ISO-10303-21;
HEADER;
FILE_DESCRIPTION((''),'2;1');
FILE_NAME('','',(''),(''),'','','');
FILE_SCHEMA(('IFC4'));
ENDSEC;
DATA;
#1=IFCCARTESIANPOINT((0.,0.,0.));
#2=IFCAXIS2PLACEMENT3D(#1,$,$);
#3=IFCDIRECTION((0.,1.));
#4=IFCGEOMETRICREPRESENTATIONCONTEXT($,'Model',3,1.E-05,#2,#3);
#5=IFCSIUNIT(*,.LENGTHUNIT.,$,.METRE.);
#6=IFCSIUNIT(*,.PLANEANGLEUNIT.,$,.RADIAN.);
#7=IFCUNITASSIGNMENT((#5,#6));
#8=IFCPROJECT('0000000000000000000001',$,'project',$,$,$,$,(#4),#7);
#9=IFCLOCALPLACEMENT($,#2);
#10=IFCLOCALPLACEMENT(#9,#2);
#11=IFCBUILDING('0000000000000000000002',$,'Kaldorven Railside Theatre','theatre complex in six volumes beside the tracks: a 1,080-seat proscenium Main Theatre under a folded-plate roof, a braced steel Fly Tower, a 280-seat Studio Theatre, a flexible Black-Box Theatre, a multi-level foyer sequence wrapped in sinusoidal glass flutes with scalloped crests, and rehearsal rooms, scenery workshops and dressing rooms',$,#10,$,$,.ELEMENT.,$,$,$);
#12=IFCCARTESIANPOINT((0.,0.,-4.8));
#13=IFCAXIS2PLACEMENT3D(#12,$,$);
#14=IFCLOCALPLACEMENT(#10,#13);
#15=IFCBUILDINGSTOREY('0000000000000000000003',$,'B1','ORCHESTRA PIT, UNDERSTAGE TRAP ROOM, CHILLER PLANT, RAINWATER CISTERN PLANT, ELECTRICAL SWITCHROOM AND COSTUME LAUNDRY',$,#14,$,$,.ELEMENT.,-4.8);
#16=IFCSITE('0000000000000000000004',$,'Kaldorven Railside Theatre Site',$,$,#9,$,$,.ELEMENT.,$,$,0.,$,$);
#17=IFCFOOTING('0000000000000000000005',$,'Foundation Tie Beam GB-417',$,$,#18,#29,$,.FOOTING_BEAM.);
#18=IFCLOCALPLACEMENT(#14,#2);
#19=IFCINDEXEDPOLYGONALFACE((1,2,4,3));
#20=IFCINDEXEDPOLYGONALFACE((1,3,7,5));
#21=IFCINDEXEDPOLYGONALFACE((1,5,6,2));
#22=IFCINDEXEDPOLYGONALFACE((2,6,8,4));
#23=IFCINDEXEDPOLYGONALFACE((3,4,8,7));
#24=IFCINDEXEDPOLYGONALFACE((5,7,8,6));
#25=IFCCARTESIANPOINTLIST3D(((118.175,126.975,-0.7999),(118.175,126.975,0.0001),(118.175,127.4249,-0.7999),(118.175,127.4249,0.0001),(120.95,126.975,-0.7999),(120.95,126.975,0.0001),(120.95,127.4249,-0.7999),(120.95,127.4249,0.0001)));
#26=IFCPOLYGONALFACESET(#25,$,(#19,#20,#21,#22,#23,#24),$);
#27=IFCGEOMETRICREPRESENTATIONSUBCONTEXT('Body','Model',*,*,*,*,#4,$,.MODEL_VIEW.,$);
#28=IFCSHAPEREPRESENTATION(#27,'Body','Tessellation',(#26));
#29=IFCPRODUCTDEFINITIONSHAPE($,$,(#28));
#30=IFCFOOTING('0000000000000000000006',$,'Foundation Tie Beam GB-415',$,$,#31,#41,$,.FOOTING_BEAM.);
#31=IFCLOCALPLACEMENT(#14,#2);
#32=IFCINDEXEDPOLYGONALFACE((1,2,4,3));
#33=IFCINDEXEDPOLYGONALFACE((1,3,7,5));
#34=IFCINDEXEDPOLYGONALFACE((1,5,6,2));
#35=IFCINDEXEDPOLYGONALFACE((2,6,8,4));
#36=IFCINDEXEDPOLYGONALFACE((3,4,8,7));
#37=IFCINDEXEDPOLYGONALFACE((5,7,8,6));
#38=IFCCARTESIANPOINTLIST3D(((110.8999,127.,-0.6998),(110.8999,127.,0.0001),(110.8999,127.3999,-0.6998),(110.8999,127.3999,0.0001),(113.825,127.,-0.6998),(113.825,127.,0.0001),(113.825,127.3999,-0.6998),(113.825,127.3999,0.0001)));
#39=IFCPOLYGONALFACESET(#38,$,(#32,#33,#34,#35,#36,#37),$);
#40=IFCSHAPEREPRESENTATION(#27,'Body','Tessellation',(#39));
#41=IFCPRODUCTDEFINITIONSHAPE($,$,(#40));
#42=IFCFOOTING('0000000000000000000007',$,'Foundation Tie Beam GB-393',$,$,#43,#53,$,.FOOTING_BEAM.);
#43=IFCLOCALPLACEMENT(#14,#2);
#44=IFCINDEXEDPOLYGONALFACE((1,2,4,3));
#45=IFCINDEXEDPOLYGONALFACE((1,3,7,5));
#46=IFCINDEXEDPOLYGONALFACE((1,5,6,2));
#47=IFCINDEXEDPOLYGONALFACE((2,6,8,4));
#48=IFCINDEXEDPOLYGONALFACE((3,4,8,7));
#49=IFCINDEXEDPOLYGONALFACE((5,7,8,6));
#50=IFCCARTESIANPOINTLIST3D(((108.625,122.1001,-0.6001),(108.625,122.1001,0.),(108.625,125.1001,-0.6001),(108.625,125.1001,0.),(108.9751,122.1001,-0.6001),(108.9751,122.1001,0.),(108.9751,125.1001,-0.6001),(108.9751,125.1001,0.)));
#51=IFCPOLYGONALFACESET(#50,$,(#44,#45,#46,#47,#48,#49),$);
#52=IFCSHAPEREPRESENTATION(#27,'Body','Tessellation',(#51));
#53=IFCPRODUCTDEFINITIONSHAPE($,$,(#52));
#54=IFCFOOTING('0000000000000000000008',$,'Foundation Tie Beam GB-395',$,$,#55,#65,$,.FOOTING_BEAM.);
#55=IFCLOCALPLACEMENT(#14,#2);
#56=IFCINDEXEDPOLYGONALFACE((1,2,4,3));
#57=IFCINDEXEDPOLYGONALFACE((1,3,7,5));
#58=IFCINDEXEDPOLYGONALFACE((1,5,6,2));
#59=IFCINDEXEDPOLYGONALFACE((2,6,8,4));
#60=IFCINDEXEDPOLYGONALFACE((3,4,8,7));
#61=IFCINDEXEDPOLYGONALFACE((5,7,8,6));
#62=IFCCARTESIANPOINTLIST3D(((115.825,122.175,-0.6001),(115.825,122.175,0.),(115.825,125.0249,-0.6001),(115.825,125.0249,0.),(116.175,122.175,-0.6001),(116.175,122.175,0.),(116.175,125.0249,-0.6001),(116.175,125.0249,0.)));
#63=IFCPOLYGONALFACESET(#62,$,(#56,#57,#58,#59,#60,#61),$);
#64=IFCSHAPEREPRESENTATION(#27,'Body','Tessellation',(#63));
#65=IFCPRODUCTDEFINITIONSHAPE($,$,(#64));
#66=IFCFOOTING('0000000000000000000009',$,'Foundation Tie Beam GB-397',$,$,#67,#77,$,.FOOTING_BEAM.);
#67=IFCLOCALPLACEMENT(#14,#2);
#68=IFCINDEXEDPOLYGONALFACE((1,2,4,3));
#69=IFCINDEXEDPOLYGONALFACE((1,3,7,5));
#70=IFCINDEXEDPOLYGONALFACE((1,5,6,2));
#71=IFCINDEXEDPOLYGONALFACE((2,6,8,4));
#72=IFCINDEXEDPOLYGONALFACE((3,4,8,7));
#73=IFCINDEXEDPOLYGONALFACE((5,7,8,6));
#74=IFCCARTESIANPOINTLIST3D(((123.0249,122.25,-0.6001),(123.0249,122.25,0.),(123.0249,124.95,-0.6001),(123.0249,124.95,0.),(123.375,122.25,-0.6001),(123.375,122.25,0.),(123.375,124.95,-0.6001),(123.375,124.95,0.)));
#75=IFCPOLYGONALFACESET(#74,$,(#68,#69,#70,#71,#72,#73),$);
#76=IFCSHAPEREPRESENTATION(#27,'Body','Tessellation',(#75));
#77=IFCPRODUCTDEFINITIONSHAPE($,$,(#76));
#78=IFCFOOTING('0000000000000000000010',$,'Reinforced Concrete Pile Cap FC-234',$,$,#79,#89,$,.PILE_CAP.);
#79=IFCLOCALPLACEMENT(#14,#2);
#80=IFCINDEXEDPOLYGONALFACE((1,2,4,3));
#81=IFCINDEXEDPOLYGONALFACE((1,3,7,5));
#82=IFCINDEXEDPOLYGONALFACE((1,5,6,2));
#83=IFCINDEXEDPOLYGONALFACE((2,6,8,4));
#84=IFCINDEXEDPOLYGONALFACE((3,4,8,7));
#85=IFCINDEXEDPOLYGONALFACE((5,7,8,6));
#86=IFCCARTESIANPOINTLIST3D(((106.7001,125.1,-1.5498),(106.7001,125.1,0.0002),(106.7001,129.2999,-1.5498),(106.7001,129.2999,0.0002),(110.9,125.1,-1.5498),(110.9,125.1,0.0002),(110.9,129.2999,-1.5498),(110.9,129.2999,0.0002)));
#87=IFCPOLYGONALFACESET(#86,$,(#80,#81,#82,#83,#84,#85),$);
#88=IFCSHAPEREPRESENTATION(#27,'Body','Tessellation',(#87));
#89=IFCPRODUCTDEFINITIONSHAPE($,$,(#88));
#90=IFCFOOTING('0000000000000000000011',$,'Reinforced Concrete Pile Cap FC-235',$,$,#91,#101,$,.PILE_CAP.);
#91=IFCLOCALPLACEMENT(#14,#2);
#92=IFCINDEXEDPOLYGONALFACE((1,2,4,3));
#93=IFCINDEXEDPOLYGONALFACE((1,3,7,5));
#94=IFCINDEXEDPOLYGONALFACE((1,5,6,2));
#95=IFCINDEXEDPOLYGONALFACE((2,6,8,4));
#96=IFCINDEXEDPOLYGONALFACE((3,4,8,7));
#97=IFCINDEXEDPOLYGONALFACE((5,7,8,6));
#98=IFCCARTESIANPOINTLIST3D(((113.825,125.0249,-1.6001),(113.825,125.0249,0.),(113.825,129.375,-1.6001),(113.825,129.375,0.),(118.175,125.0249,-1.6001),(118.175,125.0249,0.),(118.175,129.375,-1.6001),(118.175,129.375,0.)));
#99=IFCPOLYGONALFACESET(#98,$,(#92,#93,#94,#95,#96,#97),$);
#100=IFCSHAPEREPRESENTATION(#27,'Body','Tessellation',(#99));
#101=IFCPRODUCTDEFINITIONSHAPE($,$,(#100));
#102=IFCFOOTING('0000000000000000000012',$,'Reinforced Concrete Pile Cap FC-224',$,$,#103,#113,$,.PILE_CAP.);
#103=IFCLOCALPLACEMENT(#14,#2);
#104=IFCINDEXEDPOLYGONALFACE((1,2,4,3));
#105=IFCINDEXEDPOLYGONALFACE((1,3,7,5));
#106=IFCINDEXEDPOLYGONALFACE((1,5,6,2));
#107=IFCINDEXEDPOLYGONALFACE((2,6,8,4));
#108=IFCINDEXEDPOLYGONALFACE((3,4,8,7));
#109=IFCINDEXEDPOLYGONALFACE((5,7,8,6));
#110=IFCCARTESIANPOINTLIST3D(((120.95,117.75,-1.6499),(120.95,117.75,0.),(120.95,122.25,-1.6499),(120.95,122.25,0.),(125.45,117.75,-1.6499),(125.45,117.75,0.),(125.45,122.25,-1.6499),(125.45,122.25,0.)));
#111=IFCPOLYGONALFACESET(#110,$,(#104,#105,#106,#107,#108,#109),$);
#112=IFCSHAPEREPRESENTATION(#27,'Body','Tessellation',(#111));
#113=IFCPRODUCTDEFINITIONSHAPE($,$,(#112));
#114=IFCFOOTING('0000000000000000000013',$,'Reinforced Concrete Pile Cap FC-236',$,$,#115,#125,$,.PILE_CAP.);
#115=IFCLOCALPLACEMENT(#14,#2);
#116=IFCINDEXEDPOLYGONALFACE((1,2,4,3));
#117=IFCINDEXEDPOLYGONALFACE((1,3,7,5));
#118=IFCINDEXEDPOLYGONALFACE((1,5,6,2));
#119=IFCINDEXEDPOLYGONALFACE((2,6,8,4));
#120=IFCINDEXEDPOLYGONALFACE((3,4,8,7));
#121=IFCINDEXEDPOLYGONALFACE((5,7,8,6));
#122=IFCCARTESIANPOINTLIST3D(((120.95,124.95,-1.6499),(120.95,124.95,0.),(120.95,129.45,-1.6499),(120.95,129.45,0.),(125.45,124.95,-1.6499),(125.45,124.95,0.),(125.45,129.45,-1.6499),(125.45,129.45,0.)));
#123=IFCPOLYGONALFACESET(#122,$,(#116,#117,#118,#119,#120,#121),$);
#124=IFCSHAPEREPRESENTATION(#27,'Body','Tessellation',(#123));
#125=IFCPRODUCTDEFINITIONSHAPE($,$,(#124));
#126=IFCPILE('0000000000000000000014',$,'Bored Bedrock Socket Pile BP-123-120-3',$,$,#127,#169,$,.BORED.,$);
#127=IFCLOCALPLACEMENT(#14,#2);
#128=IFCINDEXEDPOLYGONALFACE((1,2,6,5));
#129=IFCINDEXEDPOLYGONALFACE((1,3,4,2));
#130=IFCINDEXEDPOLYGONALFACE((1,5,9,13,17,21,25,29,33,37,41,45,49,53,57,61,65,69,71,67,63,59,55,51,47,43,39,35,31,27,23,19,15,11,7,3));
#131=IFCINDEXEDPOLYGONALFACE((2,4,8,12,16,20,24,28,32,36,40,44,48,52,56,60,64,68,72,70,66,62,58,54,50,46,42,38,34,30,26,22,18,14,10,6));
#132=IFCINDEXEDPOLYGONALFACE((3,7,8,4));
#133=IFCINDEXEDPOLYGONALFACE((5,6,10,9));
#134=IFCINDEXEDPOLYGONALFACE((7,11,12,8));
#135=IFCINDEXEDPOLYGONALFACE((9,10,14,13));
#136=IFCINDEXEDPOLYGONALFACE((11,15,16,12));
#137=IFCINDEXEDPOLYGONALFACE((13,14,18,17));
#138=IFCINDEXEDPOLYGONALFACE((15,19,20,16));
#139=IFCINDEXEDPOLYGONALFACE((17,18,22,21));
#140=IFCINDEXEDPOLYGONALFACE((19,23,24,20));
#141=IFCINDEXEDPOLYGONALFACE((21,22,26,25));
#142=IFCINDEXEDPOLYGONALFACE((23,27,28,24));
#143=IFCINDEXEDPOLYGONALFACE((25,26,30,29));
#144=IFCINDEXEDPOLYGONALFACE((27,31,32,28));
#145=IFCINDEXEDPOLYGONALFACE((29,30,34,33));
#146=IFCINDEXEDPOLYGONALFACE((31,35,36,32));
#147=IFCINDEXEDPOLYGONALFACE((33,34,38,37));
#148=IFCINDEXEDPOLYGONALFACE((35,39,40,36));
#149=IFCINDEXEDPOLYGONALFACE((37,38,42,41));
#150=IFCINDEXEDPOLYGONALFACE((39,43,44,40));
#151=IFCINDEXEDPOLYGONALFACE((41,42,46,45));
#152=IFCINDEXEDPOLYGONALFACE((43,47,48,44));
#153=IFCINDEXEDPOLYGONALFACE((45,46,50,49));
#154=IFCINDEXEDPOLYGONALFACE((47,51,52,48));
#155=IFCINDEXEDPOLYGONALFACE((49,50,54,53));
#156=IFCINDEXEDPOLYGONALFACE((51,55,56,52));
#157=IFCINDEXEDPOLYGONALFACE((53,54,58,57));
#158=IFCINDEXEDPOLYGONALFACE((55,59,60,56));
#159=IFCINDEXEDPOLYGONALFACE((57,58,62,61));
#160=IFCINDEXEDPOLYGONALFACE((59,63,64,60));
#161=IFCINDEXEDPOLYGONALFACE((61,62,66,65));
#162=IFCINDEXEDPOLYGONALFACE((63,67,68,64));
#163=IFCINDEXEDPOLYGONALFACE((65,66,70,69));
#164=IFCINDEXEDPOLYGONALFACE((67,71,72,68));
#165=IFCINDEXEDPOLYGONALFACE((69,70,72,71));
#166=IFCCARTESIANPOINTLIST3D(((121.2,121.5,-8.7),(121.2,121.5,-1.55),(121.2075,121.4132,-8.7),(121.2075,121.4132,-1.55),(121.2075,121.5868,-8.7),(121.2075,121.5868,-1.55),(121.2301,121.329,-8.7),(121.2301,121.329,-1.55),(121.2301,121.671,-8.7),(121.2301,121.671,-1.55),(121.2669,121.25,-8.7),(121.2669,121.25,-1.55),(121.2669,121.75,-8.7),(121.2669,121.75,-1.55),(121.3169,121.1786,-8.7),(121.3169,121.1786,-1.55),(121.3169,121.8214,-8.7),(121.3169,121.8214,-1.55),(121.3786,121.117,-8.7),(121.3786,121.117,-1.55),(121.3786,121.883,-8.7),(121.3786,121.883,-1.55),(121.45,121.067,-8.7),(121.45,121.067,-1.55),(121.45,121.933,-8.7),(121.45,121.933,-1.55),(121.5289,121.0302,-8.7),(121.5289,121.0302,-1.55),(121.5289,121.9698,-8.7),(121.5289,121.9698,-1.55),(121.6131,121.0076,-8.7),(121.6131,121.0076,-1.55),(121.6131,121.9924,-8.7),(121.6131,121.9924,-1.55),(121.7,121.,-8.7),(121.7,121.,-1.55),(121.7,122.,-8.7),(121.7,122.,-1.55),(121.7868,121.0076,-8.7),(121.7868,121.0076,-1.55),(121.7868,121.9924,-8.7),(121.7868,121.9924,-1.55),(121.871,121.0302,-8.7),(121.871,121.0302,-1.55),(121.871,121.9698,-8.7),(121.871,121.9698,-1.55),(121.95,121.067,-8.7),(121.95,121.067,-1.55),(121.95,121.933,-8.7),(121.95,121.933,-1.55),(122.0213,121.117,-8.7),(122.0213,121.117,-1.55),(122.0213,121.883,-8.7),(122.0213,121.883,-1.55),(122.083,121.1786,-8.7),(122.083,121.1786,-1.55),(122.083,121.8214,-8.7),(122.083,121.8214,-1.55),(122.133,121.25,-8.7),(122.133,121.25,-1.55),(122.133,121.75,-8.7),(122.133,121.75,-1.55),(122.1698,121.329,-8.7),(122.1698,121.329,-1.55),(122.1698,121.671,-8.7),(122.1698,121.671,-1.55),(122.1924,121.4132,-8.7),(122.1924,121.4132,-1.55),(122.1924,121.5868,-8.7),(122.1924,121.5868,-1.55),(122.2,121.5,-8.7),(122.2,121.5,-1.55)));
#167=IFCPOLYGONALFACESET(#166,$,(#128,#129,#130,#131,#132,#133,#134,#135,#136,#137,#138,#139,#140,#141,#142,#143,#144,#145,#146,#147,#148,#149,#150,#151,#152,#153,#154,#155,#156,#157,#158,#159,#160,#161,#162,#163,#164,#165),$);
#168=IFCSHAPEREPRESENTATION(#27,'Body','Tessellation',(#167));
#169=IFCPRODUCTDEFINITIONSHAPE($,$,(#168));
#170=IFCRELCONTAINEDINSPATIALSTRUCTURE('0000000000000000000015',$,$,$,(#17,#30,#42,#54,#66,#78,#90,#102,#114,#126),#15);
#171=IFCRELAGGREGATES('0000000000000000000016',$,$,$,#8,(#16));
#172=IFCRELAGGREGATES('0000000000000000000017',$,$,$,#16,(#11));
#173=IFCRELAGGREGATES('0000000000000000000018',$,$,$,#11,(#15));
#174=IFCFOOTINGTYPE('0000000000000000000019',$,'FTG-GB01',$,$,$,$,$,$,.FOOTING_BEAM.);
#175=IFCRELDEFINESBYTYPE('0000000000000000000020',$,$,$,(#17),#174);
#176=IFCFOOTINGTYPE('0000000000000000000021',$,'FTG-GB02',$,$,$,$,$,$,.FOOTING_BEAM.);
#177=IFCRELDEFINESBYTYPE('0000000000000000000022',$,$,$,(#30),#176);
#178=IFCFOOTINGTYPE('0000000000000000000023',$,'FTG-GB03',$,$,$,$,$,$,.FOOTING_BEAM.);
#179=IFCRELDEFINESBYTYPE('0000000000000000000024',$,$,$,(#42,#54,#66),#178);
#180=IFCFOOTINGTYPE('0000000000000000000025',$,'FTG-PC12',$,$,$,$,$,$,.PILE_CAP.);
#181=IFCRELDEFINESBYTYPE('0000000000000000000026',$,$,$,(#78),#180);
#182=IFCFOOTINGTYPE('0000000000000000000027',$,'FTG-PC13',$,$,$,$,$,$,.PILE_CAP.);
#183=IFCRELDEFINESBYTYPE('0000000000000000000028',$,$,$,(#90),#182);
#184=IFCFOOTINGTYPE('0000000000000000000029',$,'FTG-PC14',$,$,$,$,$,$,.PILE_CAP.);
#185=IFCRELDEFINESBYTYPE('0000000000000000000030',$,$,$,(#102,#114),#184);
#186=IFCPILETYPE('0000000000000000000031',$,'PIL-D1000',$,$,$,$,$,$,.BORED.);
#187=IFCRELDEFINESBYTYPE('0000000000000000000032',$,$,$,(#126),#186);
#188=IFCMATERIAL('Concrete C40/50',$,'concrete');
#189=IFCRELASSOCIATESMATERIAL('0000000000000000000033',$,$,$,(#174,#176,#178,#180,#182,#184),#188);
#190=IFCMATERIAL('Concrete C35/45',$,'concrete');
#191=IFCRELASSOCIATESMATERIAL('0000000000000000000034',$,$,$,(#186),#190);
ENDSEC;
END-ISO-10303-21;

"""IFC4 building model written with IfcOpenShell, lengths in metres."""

from ifc_helpers import new_model, si_unit, direction, frame, origin, origin_2d, place, context, subcontext, project, spatial, rectangle, circle, extrude, material, material_profile, profile_set, type_object, element, save


model = new_model("IFC4")

# Units and contexts
model_context = context("Model", 3, precision=1e-05, world=origin(), true_north=direction((0.0, 1.0)))
body_context = subcontext(model_context, "Body", "Model", "MODEL_VIEW")
ifc_project = project(units=[si_unit("LENGTHUNIT", "METRE"), si_unit("PLANEANGLEUNIT", "RADIAN")], contexts=[model_context])

# Site, building, storey
site_placement = place(None, origin())
site = spatial("IfcSite", under=ifc_project, at=site_placement, Name="Kaldorven Railside Theatre Site", CompositionType="ELEMENT", RefElevation=0.0)
building_placement = place(site_placement, origin())
building = spatial("IfcBuilding", under=site, at=building_placement, Name="Kaldorven Railside Theatre", Description="theatre complex in six volumes beside the tracks: a 1,080-seat proscenium Main Theatre under a folded-plate roof, a braced steel Fly Tower, a 280-seat Studio Theatre, a flexible Black-Box Theatre, a multi-level foyer sequence wrapped in sinusoidal glass flutes with scalloped crests, and rehearsal rooms, scenery workshops and dressing rooms", CompositionType="ELEMENT")
storey_placement = place(building_placement, frame((0.0, 0.0, -4.8)))
storey = spatial("IfcBuildingStorey", under=building, at=storey_placement, Name="B1", Description="ORCHESTRA PIT, UNDERSTAGE TRAP ROOM, CHILLER PLANT, RAINWATER CISTERN PLANT, ELECTRICAL SWITCHROOM AND COSTUME LAUNDRY", CompositionType="ELEMENT", Elevation=-4.8)

# Footings
ifc_material_1 = material(Name="Concrete C40/50", Category="concrete")
ifc_material_profile_1 = material_profile(ifc_material_1, rectangle(XDim=0.45, YDim=0.8, at=origin_2d()), Name="RC 450x800")
ifc_profile_set_1 = profile_set([ifc_material_profile_1], Name="Concrete C40/50")
footing_type_1 = type_object("IfcFootingType", Name="FTG-GB01", PredefinedType="FOOTING_BEAM", material=ifc_profile_set_1)
footing_1_placement = place(storey_placement, frame((118.175, 127.2, -0.3999), z_axis=(1.0, 0.0, 0.0), x_axis=(0.0, 1.0, 0.0)))
element("IfcFooting", 1, at=footing_1_placement, inside=storey, type_object=footing_type_1, Name="Foundation Tie Beam GB-417", PredefinedType="FOOTING_BEAM", context=body_context, shape_type="SweptSolid", body=[
    extrude(rectangle(XDim=0.45, YDim=0.8, at=origin_2d()), origin(), (0.0, 0.0, 1.0), 2.7749),
])
ifc_material_profile_2 = material_profile(ifc_material_1, rectangle(XDim=0.3999, YDim=0.7, at=origin_2d()), Name="RC 400x700")
ifc_profile_set_2 = profile_set([ifc_material_profile_2], Name="Concrete C40/50")
footing_type_2 = type_object("IfcFootingType", Name="FTG-GB02", PredefinedType="FOOTING_BEAM", material=ifc_profile_set_2)
footing_2_placement = place(storey_placement, frame((110.8999, 127.2, -0.3499), z_axis=(1.0, 0.0, 0.0), x_axis=(0.0, 1.0, 0.0)))
element("IfcFooting", 2, at=footing_2_placement, inside=storey, type_object=footing_type_2, Name="Foundation Tie Beam GB-415", PredefinedType="FOOTING_BEAM", context=body_context, shape_type="SweptSolid", body=[
    extrude(rectangle(XDim=0.3999, YDim=0.7, at=origin_2d()), origin(), (0.0, 0.0, 1.0), 2.925),
])
ifc_material_profile_3 = material_profile(ifc_material_1, rectangle(XDim=0.3501, YDim=0.6001, at=origin_2d()), Name="RC 350x600")
ifc_profile_set_3 = profile_set([ifc_material_profile_3], Name="Concrete C40/50")
footing_type_3 = type_object("IfcFootingType", Name="FTG-GB03", PredefinedType="FOOTING_BEAM", material=ifc_profile_set_3)
footing_3_placement = place(storey_placement, frame((108.8, 122.1001, -0.3), z_axis=(0.0, 1.0, 0.0), x_axis=(-1.0, 0.0, 0.0)))
element("IfcFooting", 3, at=footing_3_placement, inside=storey, type_object=footing_type_3, Name="Foundation Tie Beam GB-393", PredefinedType="FOOTING_BEAM", context=body_context, shape_type="SweptSolid", body=[
    extrude(rectangle(XDim=0.3501, YDim=0.6001, at=origin_2d()), origin(), (0.0, 0.0, 1.0), 3.0),
])
footing_4_placement = place(storey_placement, frame((116.0, 122.175, -0.3), z_axis=(0.0, 1.0, 0.0), x_axis=(-1.0, 0.0, 0.0)))
element("IfcFooting", 4, at=footing_4_placement, inside=storey, type_object=footing_type_3, Name="Foundation Tie Beam GB-395", PredefinedType="FOOTING_BEAM", context=body_context, shape_type="SweptSolid", body=[
    extrude(rectangle(XDim=0.3501, YDim=0.6001, at=origin_2d()), origin(), (0.0, 0.0, 1.0), 2.8499),
])
footing_5_placement = place(storey_placement, frame((123.2, 122.25, -0.3), z_axis=(0.0, 1.0, 0.0), x_axis=(-1.0, 0.0, 0.0)))
element("IfcFooting", 5, at=footing_5_placement, inside=storey, type_object=footing_type_3, Name="Foundation Tie Beam GB-397", PredefinedType="FOOTING_BEAM", context=body_context, shape_type="SweptSolid", body=[
    extrude(rectangle(XDim=0.3501, YDim=0.6001, at=origin_2d()), origin(), (0.0, 0.0, 1.0), 2.7),
])
footing_type_4 = type_object("IfcFootingType", Name="FTG-PC12", PredefinedType="PILE_CAP", material=ifc_material_1)
footing_6_placement = place(storey_placement, frame((108.8, 127.2, -1.5498), z_axis=(0.0, 0.0, 1.0), x_axis=(1.0, 0.0, 0.0)))
element("IfcFooting", 6, at=footing_6_placement, inside=storey, type_object=footing_type_4, Name="Reinforced Concrete Pile Cap FC-234", PredefinedType="PILE_CAP", context=body_context, shape_type="SweptSolid", body=[
    extrude(rectangle(XDim=4.2, YDim=4.2, at=origin_2d()), origin(), (0.0, 0.0, 1.0), 1.55),
])
footing_type_5 = type_object("IfcFootingType", Name="FTG-PC13", PredefinedType="PILE_CAP", material=ifc_material_1)
footing_7_placement = place(storey_placement, frame((116.0, 127.2, -1.6001), z_axis=(0.0, 0.0, 1.0), x_axis=(1.0, 0.0, 0.0)))
element("IfcFooting", 7, at=footing_7_placement, inside=storey, type_object=footing_type_5, Name="Reinforced Concrete Pile Cap FC-235", PredefinedType="PILE_CAP", context=body_context, shape_type="SweptSolid", body=[
    extrude(rectangle(XDim=4.3501, YDim=4.3501, at=origin_2d()), origin(), (0.0, 0.0, 1.0), 1.6001),
])
footing_type_6 = type_object("IfcFootingType", Name="FTG-PC14", PredefinedType="PILE_CAP", material=ifc_material_1)
for number, where, z_axis, x_axis, name in (
    (8, (123.2, 120.0, -1.6499), (0.0, 0.0, 1.0), (1.0, 0.0, 0.0), "Reinforced Concrete Pile Cap FC-224"),
    (9, (123.2, 127.2, -1.6499), (0.0, 0.0, 1.0), (1.0, 0.0, 0.0), "Reinforced Concrete Pile Cap FC-236"),
):
    element("IfcFooting", number, at=place(storey_placement, frame(where, z_axis=z_axis, x_axis=x_axis)), inside=storey, type_object=footing_type_6, Name=name, PredefinedType="PILE_CAP", context=body_context, shape_type="SweptSolid", body=[
        extrude(rectangle(XDim=4.5, YDim=4.5, at=origin_2d()), origin(), (0.0, 0.0, 1.0), 1.6499),
    ])

# Pile
ifc_material_2 = material(Name="Concrete C35/45", Category="concrete")
ifc_material_profile_4 = material_profile(ifc_material_2, circle(Radius=0.5, at=origin_2d()), Name="BP D1000")
ifc_profile_set_4 = profile_set([ifc_material_profile_4], Name="Concrete C35/45")
pile_type_1 = type_object("IfcPileType", Name="PIL-D1000", PredefinedType="BORED", material=ifc_profile_set_4)
for number, where, z_axis, x_axis, name in (
    (10, (121.7, 121.5, -1.55), (0.0, 0.0, -1.0), (1.0, 0.0, 0.0), "Bored Bedrock Socket Pile BP-123-120-3"),
):
    element("IfcPile", number, at=place(storey_placement, frame(where, z_axis=z_axis, x_axis=x_axis)), inside=storey, type_object=pile_type_1, Name=name, PredefinedType="BORED", context=body_context, shape_type="SweptSolid", body=[
        extrude(circle(Radius=0.5, at=origin_2d()), origin(), (0.0, 0.0, 1.0), 7.1499),
    ])

save(model, "model.ifc")
